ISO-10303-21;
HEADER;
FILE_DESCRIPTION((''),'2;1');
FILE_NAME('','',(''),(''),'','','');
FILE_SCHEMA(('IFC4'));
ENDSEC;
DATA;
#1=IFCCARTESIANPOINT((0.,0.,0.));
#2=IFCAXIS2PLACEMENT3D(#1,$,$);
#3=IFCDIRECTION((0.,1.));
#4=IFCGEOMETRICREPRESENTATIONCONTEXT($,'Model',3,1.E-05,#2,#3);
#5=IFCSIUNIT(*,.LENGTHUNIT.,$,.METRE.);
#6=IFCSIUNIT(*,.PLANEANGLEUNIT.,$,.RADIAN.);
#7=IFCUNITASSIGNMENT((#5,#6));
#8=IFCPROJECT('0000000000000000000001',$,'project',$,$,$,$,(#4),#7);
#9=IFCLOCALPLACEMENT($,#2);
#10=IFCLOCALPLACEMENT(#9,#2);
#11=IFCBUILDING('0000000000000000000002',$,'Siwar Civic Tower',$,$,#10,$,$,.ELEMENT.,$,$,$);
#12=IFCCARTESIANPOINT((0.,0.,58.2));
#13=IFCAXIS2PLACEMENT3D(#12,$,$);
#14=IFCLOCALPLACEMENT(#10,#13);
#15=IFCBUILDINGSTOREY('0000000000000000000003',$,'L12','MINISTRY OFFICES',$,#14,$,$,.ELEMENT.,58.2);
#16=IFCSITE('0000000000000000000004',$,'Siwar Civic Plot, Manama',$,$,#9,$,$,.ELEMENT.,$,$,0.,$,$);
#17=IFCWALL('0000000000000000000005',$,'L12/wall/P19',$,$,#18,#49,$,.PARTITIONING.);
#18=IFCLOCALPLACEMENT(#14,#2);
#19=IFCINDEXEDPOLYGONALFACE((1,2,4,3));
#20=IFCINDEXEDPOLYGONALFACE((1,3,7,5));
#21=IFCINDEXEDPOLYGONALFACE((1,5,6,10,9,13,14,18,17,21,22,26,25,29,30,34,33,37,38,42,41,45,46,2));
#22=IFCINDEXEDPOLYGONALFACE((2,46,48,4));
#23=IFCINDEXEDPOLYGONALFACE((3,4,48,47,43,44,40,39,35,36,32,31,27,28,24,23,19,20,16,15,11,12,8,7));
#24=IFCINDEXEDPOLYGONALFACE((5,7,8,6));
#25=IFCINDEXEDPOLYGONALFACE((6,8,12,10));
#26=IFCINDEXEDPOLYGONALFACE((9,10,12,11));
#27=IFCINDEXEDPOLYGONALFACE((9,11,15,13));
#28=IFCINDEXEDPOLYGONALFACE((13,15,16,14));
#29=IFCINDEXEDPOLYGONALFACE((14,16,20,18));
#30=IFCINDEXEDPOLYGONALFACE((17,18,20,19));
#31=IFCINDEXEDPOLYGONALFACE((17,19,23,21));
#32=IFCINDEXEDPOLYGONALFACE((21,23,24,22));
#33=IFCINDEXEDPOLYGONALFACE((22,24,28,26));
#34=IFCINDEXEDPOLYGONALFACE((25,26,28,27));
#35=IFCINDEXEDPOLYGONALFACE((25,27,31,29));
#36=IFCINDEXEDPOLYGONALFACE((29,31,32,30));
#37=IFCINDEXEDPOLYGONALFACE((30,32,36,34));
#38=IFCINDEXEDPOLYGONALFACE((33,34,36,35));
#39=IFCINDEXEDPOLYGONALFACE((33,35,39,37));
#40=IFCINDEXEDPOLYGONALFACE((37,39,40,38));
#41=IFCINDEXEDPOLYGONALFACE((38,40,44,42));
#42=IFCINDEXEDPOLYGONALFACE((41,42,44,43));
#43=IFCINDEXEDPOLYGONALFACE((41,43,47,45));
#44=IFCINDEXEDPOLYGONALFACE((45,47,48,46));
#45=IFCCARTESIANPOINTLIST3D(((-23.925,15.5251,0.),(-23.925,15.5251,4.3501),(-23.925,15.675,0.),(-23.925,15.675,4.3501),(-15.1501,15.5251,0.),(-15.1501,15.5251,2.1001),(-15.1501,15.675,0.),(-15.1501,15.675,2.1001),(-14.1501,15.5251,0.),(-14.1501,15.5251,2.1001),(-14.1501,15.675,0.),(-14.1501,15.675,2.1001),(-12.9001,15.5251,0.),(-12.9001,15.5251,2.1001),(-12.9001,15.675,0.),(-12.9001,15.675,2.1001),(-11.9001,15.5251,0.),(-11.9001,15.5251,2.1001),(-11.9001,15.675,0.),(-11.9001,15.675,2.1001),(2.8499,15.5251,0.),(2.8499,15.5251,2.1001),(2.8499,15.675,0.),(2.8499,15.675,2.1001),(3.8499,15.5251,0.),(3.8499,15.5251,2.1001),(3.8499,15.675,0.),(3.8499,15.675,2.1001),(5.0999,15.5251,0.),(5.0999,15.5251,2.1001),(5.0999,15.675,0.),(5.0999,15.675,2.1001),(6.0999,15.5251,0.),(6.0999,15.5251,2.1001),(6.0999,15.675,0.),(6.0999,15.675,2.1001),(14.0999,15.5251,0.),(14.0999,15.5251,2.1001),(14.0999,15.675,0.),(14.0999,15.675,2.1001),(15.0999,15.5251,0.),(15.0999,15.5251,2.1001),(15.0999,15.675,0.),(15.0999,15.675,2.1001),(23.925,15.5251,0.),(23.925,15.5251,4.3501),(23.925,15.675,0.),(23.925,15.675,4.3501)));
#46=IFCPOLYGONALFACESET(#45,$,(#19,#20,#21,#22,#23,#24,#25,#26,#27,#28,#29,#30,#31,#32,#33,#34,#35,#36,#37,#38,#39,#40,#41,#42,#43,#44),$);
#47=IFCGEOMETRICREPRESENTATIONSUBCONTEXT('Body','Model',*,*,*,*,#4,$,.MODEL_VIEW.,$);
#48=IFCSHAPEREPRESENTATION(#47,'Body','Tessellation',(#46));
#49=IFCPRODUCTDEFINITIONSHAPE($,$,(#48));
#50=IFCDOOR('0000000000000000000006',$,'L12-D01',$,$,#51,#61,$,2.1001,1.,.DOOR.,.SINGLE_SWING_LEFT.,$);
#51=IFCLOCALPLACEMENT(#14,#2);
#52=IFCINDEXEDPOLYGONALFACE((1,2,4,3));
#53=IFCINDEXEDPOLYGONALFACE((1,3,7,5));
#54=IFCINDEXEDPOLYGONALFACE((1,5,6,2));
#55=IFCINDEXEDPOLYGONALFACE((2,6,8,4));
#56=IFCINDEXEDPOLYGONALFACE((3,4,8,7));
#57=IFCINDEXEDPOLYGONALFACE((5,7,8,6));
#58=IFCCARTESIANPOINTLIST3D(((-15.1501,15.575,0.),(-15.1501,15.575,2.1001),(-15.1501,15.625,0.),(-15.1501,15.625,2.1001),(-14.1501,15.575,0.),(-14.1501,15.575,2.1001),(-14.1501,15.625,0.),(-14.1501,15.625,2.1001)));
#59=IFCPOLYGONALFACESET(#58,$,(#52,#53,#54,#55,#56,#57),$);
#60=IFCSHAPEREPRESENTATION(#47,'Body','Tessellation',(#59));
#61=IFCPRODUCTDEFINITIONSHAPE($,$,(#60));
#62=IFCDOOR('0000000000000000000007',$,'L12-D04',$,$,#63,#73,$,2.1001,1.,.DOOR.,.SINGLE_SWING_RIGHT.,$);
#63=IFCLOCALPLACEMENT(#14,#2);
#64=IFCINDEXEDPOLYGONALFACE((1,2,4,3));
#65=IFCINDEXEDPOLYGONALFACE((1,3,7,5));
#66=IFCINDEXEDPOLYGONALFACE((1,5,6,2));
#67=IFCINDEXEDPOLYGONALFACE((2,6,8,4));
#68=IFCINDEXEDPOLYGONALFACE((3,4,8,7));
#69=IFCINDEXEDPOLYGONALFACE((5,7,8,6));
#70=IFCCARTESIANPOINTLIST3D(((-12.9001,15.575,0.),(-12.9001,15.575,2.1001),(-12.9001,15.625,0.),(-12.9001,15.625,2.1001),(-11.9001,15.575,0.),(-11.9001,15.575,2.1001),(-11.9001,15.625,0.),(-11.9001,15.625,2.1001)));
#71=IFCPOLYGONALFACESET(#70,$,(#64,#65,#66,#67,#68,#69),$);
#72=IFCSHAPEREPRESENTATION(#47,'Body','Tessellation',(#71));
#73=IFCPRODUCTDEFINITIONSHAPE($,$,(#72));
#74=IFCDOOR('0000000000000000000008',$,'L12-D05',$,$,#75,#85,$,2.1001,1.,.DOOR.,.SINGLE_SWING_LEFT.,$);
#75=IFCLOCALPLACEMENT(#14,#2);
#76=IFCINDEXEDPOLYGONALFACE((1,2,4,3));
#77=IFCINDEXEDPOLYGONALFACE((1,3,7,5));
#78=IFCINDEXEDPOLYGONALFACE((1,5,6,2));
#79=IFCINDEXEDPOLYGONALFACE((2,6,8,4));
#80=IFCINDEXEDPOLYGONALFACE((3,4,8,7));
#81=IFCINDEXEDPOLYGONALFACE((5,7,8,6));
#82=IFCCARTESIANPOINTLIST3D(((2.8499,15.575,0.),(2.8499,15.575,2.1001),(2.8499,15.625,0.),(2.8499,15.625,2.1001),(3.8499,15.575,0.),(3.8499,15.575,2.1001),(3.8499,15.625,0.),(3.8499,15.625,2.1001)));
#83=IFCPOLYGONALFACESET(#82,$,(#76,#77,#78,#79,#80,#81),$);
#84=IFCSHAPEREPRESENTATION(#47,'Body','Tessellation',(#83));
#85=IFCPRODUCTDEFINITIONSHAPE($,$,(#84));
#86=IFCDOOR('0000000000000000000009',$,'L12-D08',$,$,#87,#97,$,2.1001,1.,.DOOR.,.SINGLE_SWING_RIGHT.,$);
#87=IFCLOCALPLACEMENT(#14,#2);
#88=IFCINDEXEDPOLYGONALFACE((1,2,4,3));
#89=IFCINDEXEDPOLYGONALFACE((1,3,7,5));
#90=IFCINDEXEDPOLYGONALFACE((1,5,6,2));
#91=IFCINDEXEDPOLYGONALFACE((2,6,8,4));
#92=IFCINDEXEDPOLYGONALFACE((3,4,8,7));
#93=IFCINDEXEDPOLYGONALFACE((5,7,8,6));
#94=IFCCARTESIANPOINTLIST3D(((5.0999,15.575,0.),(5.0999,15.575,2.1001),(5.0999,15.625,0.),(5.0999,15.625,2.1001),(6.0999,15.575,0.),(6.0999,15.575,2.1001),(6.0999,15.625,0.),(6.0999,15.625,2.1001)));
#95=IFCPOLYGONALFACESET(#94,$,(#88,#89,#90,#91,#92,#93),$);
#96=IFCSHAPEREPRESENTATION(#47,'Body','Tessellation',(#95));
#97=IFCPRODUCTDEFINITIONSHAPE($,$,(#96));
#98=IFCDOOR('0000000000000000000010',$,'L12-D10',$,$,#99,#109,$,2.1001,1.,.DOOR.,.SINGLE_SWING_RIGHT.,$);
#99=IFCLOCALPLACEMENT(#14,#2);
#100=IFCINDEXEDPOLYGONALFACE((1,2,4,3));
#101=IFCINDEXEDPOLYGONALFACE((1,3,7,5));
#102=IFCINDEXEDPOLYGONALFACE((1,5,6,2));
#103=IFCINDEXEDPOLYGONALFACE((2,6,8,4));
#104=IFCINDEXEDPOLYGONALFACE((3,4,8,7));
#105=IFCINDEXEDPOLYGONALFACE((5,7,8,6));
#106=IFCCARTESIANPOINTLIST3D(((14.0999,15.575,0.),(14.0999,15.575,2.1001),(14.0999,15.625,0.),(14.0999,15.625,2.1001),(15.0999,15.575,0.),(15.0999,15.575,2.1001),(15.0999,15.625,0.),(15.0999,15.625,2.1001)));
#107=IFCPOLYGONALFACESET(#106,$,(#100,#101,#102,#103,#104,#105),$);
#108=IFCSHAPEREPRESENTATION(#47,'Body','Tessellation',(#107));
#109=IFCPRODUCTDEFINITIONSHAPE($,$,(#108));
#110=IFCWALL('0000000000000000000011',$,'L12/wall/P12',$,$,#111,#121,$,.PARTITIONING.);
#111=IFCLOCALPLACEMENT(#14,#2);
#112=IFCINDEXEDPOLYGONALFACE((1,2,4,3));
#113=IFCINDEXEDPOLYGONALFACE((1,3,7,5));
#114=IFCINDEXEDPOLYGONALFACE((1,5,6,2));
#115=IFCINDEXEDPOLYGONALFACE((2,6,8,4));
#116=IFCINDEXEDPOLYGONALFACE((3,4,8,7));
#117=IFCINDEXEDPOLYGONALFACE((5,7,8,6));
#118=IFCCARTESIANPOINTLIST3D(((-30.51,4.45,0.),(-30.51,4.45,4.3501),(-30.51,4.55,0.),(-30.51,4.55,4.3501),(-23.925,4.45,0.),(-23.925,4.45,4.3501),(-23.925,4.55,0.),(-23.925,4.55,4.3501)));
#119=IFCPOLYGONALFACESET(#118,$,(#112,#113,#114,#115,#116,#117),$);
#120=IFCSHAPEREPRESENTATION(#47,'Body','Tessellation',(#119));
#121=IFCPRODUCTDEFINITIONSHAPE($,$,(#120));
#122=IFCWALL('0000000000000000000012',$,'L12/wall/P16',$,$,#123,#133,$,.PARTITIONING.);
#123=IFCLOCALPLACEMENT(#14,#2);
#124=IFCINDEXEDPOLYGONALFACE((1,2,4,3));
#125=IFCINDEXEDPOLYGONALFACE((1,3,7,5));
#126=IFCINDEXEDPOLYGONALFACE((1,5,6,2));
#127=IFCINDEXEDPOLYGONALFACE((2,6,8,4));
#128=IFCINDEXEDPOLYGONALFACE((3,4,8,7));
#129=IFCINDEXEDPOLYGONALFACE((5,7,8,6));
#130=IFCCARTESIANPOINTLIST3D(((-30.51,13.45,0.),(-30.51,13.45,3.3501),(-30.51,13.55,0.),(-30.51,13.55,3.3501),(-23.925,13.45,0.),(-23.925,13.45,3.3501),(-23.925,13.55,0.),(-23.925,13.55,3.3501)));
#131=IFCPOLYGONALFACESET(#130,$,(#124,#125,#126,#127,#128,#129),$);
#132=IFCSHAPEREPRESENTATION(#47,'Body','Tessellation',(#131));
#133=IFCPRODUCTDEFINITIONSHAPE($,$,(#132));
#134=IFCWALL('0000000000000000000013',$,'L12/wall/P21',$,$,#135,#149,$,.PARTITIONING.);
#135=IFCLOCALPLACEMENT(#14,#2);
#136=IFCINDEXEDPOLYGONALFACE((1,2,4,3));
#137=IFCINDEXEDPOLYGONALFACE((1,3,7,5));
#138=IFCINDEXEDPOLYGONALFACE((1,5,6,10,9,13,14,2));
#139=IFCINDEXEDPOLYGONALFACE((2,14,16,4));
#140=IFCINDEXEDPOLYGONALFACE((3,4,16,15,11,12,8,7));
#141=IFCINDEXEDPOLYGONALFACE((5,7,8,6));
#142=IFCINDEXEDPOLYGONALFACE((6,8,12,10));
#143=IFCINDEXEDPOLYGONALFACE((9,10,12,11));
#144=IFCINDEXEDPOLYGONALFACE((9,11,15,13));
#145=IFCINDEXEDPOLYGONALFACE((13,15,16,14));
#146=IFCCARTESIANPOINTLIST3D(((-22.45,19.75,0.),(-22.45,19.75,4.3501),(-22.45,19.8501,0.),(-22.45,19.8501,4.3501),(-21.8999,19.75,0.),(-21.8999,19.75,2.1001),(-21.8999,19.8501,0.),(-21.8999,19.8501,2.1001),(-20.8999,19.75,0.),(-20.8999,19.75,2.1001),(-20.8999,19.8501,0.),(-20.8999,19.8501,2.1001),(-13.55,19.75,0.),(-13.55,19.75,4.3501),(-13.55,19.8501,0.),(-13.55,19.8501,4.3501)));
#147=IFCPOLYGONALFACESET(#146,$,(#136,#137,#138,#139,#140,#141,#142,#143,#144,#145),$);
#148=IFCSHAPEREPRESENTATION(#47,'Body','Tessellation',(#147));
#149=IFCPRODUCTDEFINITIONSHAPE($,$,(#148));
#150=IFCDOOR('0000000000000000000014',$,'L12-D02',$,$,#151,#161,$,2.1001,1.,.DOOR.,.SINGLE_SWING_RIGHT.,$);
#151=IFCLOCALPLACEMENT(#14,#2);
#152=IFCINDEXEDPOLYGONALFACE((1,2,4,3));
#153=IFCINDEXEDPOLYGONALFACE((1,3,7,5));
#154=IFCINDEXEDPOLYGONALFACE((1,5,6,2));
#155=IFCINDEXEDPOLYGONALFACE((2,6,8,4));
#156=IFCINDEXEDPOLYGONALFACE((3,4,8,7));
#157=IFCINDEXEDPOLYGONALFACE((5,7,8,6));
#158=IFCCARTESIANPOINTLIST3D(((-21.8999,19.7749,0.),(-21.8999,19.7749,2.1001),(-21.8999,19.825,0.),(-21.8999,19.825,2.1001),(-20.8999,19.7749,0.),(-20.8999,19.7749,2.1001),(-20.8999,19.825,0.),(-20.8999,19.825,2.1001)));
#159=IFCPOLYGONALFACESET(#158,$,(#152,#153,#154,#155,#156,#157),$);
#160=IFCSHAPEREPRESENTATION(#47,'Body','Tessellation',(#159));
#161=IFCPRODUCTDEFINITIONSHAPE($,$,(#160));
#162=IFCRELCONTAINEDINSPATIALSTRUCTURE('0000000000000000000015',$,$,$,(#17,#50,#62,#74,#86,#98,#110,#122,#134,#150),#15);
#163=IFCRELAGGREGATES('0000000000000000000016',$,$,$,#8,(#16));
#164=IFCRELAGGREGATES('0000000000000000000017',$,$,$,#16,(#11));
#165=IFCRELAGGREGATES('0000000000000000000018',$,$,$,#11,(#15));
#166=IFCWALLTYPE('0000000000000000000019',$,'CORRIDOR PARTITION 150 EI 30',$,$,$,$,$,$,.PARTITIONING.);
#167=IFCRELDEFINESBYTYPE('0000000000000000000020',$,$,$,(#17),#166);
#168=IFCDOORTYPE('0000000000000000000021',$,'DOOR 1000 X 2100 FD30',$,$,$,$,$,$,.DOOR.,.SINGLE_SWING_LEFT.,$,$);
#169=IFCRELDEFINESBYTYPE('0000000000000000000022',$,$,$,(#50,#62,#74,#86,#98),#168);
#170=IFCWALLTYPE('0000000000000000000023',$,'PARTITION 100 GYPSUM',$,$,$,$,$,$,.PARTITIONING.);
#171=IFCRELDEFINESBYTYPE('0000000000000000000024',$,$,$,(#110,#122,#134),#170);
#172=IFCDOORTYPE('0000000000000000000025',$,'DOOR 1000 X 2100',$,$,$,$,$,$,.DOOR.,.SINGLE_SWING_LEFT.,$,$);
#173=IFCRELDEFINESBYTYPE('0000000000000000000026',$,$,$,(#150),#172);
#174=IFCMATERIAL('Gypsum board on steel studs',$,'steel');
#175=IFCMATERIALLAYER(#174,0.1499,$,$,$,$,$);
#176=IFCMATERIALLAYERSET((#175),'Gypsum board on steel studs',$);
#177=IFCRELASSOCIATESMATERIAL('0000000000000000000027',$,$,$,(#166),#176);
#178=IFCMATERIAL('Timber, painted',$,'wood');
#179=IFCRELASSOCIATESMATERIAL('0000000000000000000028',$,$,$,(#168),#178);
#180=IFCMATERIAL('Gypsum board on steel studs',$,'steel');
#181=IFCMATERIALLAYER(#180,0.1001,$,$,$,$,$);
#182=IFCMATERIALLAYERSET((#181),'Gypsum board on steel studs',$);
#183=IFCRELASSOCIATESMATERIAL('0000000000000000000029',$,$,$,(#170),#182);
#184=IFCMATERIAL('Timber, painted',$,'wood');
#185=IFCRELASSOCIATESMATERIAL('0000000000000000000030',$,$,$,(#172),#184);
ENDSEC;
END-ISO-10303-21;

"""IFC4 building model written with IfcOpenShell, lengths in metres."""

from ifc_helpers import new_model, si_unit, direction, frame, frame_2d, origin, place, context, subcontext, project, spatial, rectangle, extrude, material, layer, layer_set, type_object, element, fill, save


model = new_model("IFC4")

# Units and contexts
model_context = context("Model", 3, precision=1e-05, world=origin(), true_north=direction((0.0, 1.0)))
body_context = subcontext(model_context, "Body", "Model", "MODEL_VIEW")
ifc_project = project(units=[si_unit("LENGTHUNIT", "METRE"), si_unit("PLANEANGLEUNIT", "RADIAN")], contexts=[model_context])

# Site, building, storey
site_placement = place(None, origin())
site = spatial("IfcSite", under=ifc_project, at=site_placement, Name="Siwar Civic Plot, Manama", CompositionType="ELEMENT", RefElevation=0.0)
building_placement = place(site_placement, origin())
building = spatial("IfcBuilding", under=site, at=building_placement, Name="Siwar Civic Tower", CompositionType="ELEMENT")
storey_placement = place(building_placement, frame((0.0, 0.0, 58.2)))
storey = spatial("IfcBuildingStorey", under=building, at=storey_placement, Name="L12", Description="MINISTRY OFFICES", CompositionType="ELEMENT", Elevation=58.2)

# Wall, openings, doors
ifc_material_1 = material(Name="Gypsum board on steel studs", Category="steel")
ifc_layer_1 = layer(ifc_material_1, 0.1499)
ifc_layer_set_1 = layer_set([ifc_layer_1], Name="Gypsum board on steel studs")
wall_type_1 = type_object("IfcWallType", Name="CORRIDOR PARTITION 150 EI 30", PredefinedType="PARTITIONING", material=ifc_layer_set_1)
wall_1_placement = place(storey_placement, frame((-23.925, 15.6001, 0.0), z_axis=(0.0, 0.0, 1.0), x_axis=(1.0, 0.0, 0.0)))
wall_1 = element("IfcWall", 1, at=wall_1_placement, inside=storey, type_object=wall_type_1, Name="L12/wall/P19", PredefinedType="PARTITIONING", context=body_context, shape_type="SweptSolid", body=[
    extrude(rectangle(XDim=47.8501, YDim=0.1499, at=frame_2d((23.925, 0.0))), origin(), (0.0, 0.0, 1.0), 4.3501),
])
opening_1_placement = place(wall_1_placement, frame((8.7749, 0.0, 0.0)))
opening_1 = element("IfcOpeningElement", 2, at=opening_1_placement, cuts=wall_1, PredefinedType="OPENING", context=body_context, shape_type="SweptSolid", body=[
    extrude(rectangle(XDim=1.0, YDim=2.1001, at=frame_2d((0.5, 1.05))), frame((0.0, 0.085, 0.0), z_axis=(0.0, -1.0, 0.0), x_axis=(1.0, 0.0, 0.0)), (0.0, 0.0, 1.0), 0.1699),
])
opening_2_placement = place(wall_1_placement, frame((11.0249, 0.0, 0.0)))
opening_2 = element("IfcOpeningElement", 3, at=opening_2_placement, cuts=wall_1, PredefinedType="OPENING", context=body_context, shape_type="SweptSolid", body=[
    extrude(rectangle(XDim=1.0, YDim=2.1001, at=frame_2d((0.5, 1.05))), frame((0.0, 0.085, 0.0), z_axis=(0.0, -1.0, 0.0), x_axis=(1.0, 0.0, 0.0)), (0.0, 0.0, 1.0), 0.1699),
])
opening_3_placement = place(wall_1_placement, frame((26.7749, 0.0, 0.0)))
opening_3 = element("IfcOpeningElement", 4, at=opening_3_placement, cuts=wall_1, PredefinedType="OPENING", context=body_context, shape_type="SweptSolid", body=[
    extrude(rectangle(XDim=1.0, YDim=2.1001, at=frame_2d((0.5, 1.05))), frame((0.0, 0.085, 0.0), z_axis=(0.0, -1.0, 0.0), x_axis=(1.0, 0.0, 0.0)), (0.0, 0.0, 1.0), 0.1699),
])
opening_4_placement = place(wall_1_placement, frame((29.0249, 0.0, 0.0)))
opening_4 = element("IfcOpeningElement", 5, at=opening_4_placement, cuts=wall_1, PredefinedType="OPENING", context=body_context, shape_type="SweptSolid", body=[
    extrude(rectangle(XDim=1.0, YDim=2.1001, at=frame_2d((0.5, 1.05))), frame((0.0, 0.085, 0.0), z_axis=(0.0, -1.0, 0.0), x_axis=(1.0, 0.0, 0.0)), (0.0, 0.0, 1.0), 0.1699),
])
opening_5_placement = place(wall_1_placement, frame((38.0249, 0.0, 0.0)))
opening_5 = element("IfcOpeningElement", 6, at=opening_5_placement, cuts=wall_1, PredefinedType="OPENING", context=body_context, shape_type="SweptSolid", body=[
    extrude(rectangle(XDim=1.0, YDim=2.1001, at=frame_2d((0.5, 1.05))), frame((0.0, 0.085, 0.0), z_axis=(0.0, -1.0, 0.0), x_axis=(1.0, 0.0, 0.0)), (0.0, 0.0, 1.0), 0.1699),
])
ifc_material_2 = material(Name="Timber, painted", Category="wood")
door_type_1 = type_object("IfcDoorType", Name="DOOR 1000 X 2100 FD30", OperationType="SINGLE_SWING_LEFT", PredefinedType="DOOR", material=ifc_material_2)
door_1_placement = place(opening_1_placement, origin())
door_1 = element("IfcDoor", 7, at=door_1_placement, inside=storey, type_object=door_type_1, Name="L12-D01", OperationType="SINGLE_SWING_LEFT", OverallHeight=2.1001, OverallWidth=1.0, PredefinedType="DOOR", context=body_context, shape_type="SweptSolid", body=[
    extrude(rectangle(XDim=1.0, YDim=2.1001, at=frame_2d((0.5, 1.05))), frame((0.0, 0.0249, 0.0), z_axis=(0.0, -1.0, 0.0), x_axis=(1.0, 0.0, 0.0)), (0.0, 0.0, 1.0), 0.05),
])
fill(opening_1, door_1)
door_2_placement = place(opening_2_placement, origin())
door_2 = element("IfcDoor", 8, at=door_2_placement, inside=storey, type_object=door_type_1, Name="L12-D04", OperationType="SINGLE_SWING_RIGHT", OverallHeight=2.1001, OverallWidth=1.0, PredefinedType="DOOR", context=body_context, shape_type="SweptSolid", body=[
    extrude(rectangle(XDim=1.0, YDim=2.1001, at=frame_2d((0.5, 1.05))), frame((0.0, 0.0249, 0.0), z_axis=(0.0, -1.0, 0.0), x_axis=(1.0, 0.0, 0.0)), (0.0, 0.0, 1.0), 0.05),
])
fill(opening_2, door_2)
door_3_placement = place(opening_3_placement, origin())
door_3 = element("IfcDoor", 9, at=door_3_placement, inside=storey, type_object=door_type_1, Name="L12-D05", OperationType="SINGLE_SWING_LEFT", OverallHeight=2.1001, OverallWidth=1.0, PredefinedType="DOOR", context=body_context, shape_type="SweptSolid", body=[
    extrude(rectangle(XDim=1.0, YDim=2.1001, at=frame_2d((0.5, 1.05))), frame((0.0, 0.0249, 0.0), z_axis=(0.0, -1.0, 0.0), x_axis=(1.0, 0.0, 0.0)), (0.0, 0.0, 1.0), 0.05),
])
fill(opening_3, door_3)
door_4_placement = place(opening_4_placement, origin())
door_4 = element("IfcDoor", 10, at=door_4_placement, inside=storey, type_object=door_type_1, Name="L12-D08", OperationType="SINGLE_SWING_RIGHT", OverallHeight=2.1001, OverallWidth=1.0, PredefinedType="DOOR", context=body_context, shape_type="SweptSolid", body=[
    extrude(rectangle(XDim=1.0, YDim=2.1001, at=frame_2d((0.5, 1.05))), frame((0.0, 0.0249, 0.0), z_axis=(0.0, -1.0, 0.0), x_axis=(1.0, 0.0, 0.0)), (0.0, 0.0, 1.0), 0.05),
])
fill(opening_4, door_4)
door_5_placement = place(opening_5_placement, origin())
door_5 = element("IfcDoor", 11, at=door_5_placement, inside=storey, type_object=door_type_1, Name="L12-D10", OperationType="SINGLE_SWING_RIGHT", OverallHeight=2.1001, OverallWidth=1.0, PredefinedType="DOOR", context=body_context, shape_type="SweptSolid", body=[
    extrude(rectangle(XDim=1.0, YDim=2.1001, at=frame_2d((0.5, 1.05))), frame((0.0, 0.0249, 0.0), z_axis=(0.0, -1.0, 0.0), x_axis=(1.0, 0.0, 0.0)), (0.0, 0.0, 1.0), 0.05),
])
fill(opening_5, door_5)

# Walls
ifc_material_3 = material(Name="Gypsum board on steel studs", Category="steel")
ifc_layer_2 = layer(ifc_material_3, 0.1001)
ifc_layer_set_2 = layer_set([ifc_layer_2], Name="Gypsum board on steel studs")
wall_type_2 = type_object("IfcWallType", Name="PARTITION 100 GYPSUM", PredefinedType="PARTITIONING", material=ifc_layer_set_2)
wall_2_placement = place(storey_placement, frame((-30.51, 4.5, 0.0), z_axis=(0.0, 0.0, 1.0), x_axis=(1.0, 0.0, 0.0)))
element("IfcWall", 12, at=wall_2_placement, inside=storey, type_object=wall_type_2, Name="L12/wall/P12", PredefinedType="PARTITIONING", context=body_context, shape_type="SweptSolid", body=[
    extrude(rectangle(XDim=6.585, YDim=0.1001, at=frame_2d((3.2925, 0.0))), origin(), (0.0, 0.0, 1.0), 4.3501),
])
wall_3_placement = place(storey_placement, frame((-30.51, 13.5, 0.0), z_axis=(0.0, 0.0, 1.0), x_axis=(1.0, 0.0, 0.0)))
element("IfcWall", 13, at=wall_3_placement, inside=storey, type_object=wall_type_2, Name="L12/wall/P16", PredefinedType="PARTITIONING", context=body_context, shape_type="SweptSolid", body=[
    extrude(rectangle(XDim=6.585, YDim=0.1001, at=frame_2d((3.2925, 0.0))), origin(), (0.0, 0.0, 1.0), 3.3501),
])

# Wall, opening, door
wall_4_placement = place(storey_placement, frame((-22.45, 19.8, 0.0), z_axis=(0.0, 0.0, 1.0), x_axis=(1.0, 0.0, 0.0)))
wall_4 = element("IfcWall", 14, at=wall_4_placement, inside=storey, type_object=wall_type_2, Name="L12/wall/P21", PredefinedType="PARTITIONING", context=body_context, shape_type="SweptSolid", body=[
    extrude(rectangle(XDim=8.8999, YDim=0.1001, at=frame_2d((4.45, 0.0))), origin(), (0.0, 0.0, 1.0), 4.3501),
])
opening_6_placement = place(wall_4_placement, frame((0.55, 0.0, 0.0)))
opening_6 = element("IfcOpeningElement", 15, at=opening_6_placement, cuts=wall_4, PredefinedType="OPENING", context=body_context, shape_type="SweptSolid", body=[
    extrude(rectangle(XDim=1.0, YDim=2.1001, at=frame_2d((0.5, 1.05))), frame((0.0, 0.0601, 0.0), z_axis=(0.0, -1.0, 0.0), x_axis=(1.0, 0.0, 0.0)), (0.0, 0.0, 1.0), 0.1201),
])
ifc_material_4 = material(Name="Timber, painted", Category="wood")
door_type_2 = type_object("IfcDoorType", Name="DOOR 1000 X 2100", OperationType="SINGLE_SWING_LEFT", PredefinedType="DOOR", material=ifc_material_4)
door_6_placement = place(opening_6_placement, origin())
door_6 = element("IfcDoor", 16, at=door_6_placement, inside=storey, type_object=door_type_2, Name="L12-D02", OperationType="SINGLE_SWING_RIGHT", OverallHeight=2.1001, OverallWidth=1.0, PredefinedType="DOOR", context=body_context, shape_type="SweptSolid", body=[
    extrude(rectangle(XDim=1.0, YDim=2.1001, at=frame_2d((0.5, 1.05))), frame((0.0, 0.0249, 0.0), z_axis=(0.0, -1.0, 0.0), x_axis=(1.0, 0.0, 0.0)), (0.0, 0.0, 1.0), 0.05),
])
fill(opening_6, door_6)

save(model, "model.ifc")
